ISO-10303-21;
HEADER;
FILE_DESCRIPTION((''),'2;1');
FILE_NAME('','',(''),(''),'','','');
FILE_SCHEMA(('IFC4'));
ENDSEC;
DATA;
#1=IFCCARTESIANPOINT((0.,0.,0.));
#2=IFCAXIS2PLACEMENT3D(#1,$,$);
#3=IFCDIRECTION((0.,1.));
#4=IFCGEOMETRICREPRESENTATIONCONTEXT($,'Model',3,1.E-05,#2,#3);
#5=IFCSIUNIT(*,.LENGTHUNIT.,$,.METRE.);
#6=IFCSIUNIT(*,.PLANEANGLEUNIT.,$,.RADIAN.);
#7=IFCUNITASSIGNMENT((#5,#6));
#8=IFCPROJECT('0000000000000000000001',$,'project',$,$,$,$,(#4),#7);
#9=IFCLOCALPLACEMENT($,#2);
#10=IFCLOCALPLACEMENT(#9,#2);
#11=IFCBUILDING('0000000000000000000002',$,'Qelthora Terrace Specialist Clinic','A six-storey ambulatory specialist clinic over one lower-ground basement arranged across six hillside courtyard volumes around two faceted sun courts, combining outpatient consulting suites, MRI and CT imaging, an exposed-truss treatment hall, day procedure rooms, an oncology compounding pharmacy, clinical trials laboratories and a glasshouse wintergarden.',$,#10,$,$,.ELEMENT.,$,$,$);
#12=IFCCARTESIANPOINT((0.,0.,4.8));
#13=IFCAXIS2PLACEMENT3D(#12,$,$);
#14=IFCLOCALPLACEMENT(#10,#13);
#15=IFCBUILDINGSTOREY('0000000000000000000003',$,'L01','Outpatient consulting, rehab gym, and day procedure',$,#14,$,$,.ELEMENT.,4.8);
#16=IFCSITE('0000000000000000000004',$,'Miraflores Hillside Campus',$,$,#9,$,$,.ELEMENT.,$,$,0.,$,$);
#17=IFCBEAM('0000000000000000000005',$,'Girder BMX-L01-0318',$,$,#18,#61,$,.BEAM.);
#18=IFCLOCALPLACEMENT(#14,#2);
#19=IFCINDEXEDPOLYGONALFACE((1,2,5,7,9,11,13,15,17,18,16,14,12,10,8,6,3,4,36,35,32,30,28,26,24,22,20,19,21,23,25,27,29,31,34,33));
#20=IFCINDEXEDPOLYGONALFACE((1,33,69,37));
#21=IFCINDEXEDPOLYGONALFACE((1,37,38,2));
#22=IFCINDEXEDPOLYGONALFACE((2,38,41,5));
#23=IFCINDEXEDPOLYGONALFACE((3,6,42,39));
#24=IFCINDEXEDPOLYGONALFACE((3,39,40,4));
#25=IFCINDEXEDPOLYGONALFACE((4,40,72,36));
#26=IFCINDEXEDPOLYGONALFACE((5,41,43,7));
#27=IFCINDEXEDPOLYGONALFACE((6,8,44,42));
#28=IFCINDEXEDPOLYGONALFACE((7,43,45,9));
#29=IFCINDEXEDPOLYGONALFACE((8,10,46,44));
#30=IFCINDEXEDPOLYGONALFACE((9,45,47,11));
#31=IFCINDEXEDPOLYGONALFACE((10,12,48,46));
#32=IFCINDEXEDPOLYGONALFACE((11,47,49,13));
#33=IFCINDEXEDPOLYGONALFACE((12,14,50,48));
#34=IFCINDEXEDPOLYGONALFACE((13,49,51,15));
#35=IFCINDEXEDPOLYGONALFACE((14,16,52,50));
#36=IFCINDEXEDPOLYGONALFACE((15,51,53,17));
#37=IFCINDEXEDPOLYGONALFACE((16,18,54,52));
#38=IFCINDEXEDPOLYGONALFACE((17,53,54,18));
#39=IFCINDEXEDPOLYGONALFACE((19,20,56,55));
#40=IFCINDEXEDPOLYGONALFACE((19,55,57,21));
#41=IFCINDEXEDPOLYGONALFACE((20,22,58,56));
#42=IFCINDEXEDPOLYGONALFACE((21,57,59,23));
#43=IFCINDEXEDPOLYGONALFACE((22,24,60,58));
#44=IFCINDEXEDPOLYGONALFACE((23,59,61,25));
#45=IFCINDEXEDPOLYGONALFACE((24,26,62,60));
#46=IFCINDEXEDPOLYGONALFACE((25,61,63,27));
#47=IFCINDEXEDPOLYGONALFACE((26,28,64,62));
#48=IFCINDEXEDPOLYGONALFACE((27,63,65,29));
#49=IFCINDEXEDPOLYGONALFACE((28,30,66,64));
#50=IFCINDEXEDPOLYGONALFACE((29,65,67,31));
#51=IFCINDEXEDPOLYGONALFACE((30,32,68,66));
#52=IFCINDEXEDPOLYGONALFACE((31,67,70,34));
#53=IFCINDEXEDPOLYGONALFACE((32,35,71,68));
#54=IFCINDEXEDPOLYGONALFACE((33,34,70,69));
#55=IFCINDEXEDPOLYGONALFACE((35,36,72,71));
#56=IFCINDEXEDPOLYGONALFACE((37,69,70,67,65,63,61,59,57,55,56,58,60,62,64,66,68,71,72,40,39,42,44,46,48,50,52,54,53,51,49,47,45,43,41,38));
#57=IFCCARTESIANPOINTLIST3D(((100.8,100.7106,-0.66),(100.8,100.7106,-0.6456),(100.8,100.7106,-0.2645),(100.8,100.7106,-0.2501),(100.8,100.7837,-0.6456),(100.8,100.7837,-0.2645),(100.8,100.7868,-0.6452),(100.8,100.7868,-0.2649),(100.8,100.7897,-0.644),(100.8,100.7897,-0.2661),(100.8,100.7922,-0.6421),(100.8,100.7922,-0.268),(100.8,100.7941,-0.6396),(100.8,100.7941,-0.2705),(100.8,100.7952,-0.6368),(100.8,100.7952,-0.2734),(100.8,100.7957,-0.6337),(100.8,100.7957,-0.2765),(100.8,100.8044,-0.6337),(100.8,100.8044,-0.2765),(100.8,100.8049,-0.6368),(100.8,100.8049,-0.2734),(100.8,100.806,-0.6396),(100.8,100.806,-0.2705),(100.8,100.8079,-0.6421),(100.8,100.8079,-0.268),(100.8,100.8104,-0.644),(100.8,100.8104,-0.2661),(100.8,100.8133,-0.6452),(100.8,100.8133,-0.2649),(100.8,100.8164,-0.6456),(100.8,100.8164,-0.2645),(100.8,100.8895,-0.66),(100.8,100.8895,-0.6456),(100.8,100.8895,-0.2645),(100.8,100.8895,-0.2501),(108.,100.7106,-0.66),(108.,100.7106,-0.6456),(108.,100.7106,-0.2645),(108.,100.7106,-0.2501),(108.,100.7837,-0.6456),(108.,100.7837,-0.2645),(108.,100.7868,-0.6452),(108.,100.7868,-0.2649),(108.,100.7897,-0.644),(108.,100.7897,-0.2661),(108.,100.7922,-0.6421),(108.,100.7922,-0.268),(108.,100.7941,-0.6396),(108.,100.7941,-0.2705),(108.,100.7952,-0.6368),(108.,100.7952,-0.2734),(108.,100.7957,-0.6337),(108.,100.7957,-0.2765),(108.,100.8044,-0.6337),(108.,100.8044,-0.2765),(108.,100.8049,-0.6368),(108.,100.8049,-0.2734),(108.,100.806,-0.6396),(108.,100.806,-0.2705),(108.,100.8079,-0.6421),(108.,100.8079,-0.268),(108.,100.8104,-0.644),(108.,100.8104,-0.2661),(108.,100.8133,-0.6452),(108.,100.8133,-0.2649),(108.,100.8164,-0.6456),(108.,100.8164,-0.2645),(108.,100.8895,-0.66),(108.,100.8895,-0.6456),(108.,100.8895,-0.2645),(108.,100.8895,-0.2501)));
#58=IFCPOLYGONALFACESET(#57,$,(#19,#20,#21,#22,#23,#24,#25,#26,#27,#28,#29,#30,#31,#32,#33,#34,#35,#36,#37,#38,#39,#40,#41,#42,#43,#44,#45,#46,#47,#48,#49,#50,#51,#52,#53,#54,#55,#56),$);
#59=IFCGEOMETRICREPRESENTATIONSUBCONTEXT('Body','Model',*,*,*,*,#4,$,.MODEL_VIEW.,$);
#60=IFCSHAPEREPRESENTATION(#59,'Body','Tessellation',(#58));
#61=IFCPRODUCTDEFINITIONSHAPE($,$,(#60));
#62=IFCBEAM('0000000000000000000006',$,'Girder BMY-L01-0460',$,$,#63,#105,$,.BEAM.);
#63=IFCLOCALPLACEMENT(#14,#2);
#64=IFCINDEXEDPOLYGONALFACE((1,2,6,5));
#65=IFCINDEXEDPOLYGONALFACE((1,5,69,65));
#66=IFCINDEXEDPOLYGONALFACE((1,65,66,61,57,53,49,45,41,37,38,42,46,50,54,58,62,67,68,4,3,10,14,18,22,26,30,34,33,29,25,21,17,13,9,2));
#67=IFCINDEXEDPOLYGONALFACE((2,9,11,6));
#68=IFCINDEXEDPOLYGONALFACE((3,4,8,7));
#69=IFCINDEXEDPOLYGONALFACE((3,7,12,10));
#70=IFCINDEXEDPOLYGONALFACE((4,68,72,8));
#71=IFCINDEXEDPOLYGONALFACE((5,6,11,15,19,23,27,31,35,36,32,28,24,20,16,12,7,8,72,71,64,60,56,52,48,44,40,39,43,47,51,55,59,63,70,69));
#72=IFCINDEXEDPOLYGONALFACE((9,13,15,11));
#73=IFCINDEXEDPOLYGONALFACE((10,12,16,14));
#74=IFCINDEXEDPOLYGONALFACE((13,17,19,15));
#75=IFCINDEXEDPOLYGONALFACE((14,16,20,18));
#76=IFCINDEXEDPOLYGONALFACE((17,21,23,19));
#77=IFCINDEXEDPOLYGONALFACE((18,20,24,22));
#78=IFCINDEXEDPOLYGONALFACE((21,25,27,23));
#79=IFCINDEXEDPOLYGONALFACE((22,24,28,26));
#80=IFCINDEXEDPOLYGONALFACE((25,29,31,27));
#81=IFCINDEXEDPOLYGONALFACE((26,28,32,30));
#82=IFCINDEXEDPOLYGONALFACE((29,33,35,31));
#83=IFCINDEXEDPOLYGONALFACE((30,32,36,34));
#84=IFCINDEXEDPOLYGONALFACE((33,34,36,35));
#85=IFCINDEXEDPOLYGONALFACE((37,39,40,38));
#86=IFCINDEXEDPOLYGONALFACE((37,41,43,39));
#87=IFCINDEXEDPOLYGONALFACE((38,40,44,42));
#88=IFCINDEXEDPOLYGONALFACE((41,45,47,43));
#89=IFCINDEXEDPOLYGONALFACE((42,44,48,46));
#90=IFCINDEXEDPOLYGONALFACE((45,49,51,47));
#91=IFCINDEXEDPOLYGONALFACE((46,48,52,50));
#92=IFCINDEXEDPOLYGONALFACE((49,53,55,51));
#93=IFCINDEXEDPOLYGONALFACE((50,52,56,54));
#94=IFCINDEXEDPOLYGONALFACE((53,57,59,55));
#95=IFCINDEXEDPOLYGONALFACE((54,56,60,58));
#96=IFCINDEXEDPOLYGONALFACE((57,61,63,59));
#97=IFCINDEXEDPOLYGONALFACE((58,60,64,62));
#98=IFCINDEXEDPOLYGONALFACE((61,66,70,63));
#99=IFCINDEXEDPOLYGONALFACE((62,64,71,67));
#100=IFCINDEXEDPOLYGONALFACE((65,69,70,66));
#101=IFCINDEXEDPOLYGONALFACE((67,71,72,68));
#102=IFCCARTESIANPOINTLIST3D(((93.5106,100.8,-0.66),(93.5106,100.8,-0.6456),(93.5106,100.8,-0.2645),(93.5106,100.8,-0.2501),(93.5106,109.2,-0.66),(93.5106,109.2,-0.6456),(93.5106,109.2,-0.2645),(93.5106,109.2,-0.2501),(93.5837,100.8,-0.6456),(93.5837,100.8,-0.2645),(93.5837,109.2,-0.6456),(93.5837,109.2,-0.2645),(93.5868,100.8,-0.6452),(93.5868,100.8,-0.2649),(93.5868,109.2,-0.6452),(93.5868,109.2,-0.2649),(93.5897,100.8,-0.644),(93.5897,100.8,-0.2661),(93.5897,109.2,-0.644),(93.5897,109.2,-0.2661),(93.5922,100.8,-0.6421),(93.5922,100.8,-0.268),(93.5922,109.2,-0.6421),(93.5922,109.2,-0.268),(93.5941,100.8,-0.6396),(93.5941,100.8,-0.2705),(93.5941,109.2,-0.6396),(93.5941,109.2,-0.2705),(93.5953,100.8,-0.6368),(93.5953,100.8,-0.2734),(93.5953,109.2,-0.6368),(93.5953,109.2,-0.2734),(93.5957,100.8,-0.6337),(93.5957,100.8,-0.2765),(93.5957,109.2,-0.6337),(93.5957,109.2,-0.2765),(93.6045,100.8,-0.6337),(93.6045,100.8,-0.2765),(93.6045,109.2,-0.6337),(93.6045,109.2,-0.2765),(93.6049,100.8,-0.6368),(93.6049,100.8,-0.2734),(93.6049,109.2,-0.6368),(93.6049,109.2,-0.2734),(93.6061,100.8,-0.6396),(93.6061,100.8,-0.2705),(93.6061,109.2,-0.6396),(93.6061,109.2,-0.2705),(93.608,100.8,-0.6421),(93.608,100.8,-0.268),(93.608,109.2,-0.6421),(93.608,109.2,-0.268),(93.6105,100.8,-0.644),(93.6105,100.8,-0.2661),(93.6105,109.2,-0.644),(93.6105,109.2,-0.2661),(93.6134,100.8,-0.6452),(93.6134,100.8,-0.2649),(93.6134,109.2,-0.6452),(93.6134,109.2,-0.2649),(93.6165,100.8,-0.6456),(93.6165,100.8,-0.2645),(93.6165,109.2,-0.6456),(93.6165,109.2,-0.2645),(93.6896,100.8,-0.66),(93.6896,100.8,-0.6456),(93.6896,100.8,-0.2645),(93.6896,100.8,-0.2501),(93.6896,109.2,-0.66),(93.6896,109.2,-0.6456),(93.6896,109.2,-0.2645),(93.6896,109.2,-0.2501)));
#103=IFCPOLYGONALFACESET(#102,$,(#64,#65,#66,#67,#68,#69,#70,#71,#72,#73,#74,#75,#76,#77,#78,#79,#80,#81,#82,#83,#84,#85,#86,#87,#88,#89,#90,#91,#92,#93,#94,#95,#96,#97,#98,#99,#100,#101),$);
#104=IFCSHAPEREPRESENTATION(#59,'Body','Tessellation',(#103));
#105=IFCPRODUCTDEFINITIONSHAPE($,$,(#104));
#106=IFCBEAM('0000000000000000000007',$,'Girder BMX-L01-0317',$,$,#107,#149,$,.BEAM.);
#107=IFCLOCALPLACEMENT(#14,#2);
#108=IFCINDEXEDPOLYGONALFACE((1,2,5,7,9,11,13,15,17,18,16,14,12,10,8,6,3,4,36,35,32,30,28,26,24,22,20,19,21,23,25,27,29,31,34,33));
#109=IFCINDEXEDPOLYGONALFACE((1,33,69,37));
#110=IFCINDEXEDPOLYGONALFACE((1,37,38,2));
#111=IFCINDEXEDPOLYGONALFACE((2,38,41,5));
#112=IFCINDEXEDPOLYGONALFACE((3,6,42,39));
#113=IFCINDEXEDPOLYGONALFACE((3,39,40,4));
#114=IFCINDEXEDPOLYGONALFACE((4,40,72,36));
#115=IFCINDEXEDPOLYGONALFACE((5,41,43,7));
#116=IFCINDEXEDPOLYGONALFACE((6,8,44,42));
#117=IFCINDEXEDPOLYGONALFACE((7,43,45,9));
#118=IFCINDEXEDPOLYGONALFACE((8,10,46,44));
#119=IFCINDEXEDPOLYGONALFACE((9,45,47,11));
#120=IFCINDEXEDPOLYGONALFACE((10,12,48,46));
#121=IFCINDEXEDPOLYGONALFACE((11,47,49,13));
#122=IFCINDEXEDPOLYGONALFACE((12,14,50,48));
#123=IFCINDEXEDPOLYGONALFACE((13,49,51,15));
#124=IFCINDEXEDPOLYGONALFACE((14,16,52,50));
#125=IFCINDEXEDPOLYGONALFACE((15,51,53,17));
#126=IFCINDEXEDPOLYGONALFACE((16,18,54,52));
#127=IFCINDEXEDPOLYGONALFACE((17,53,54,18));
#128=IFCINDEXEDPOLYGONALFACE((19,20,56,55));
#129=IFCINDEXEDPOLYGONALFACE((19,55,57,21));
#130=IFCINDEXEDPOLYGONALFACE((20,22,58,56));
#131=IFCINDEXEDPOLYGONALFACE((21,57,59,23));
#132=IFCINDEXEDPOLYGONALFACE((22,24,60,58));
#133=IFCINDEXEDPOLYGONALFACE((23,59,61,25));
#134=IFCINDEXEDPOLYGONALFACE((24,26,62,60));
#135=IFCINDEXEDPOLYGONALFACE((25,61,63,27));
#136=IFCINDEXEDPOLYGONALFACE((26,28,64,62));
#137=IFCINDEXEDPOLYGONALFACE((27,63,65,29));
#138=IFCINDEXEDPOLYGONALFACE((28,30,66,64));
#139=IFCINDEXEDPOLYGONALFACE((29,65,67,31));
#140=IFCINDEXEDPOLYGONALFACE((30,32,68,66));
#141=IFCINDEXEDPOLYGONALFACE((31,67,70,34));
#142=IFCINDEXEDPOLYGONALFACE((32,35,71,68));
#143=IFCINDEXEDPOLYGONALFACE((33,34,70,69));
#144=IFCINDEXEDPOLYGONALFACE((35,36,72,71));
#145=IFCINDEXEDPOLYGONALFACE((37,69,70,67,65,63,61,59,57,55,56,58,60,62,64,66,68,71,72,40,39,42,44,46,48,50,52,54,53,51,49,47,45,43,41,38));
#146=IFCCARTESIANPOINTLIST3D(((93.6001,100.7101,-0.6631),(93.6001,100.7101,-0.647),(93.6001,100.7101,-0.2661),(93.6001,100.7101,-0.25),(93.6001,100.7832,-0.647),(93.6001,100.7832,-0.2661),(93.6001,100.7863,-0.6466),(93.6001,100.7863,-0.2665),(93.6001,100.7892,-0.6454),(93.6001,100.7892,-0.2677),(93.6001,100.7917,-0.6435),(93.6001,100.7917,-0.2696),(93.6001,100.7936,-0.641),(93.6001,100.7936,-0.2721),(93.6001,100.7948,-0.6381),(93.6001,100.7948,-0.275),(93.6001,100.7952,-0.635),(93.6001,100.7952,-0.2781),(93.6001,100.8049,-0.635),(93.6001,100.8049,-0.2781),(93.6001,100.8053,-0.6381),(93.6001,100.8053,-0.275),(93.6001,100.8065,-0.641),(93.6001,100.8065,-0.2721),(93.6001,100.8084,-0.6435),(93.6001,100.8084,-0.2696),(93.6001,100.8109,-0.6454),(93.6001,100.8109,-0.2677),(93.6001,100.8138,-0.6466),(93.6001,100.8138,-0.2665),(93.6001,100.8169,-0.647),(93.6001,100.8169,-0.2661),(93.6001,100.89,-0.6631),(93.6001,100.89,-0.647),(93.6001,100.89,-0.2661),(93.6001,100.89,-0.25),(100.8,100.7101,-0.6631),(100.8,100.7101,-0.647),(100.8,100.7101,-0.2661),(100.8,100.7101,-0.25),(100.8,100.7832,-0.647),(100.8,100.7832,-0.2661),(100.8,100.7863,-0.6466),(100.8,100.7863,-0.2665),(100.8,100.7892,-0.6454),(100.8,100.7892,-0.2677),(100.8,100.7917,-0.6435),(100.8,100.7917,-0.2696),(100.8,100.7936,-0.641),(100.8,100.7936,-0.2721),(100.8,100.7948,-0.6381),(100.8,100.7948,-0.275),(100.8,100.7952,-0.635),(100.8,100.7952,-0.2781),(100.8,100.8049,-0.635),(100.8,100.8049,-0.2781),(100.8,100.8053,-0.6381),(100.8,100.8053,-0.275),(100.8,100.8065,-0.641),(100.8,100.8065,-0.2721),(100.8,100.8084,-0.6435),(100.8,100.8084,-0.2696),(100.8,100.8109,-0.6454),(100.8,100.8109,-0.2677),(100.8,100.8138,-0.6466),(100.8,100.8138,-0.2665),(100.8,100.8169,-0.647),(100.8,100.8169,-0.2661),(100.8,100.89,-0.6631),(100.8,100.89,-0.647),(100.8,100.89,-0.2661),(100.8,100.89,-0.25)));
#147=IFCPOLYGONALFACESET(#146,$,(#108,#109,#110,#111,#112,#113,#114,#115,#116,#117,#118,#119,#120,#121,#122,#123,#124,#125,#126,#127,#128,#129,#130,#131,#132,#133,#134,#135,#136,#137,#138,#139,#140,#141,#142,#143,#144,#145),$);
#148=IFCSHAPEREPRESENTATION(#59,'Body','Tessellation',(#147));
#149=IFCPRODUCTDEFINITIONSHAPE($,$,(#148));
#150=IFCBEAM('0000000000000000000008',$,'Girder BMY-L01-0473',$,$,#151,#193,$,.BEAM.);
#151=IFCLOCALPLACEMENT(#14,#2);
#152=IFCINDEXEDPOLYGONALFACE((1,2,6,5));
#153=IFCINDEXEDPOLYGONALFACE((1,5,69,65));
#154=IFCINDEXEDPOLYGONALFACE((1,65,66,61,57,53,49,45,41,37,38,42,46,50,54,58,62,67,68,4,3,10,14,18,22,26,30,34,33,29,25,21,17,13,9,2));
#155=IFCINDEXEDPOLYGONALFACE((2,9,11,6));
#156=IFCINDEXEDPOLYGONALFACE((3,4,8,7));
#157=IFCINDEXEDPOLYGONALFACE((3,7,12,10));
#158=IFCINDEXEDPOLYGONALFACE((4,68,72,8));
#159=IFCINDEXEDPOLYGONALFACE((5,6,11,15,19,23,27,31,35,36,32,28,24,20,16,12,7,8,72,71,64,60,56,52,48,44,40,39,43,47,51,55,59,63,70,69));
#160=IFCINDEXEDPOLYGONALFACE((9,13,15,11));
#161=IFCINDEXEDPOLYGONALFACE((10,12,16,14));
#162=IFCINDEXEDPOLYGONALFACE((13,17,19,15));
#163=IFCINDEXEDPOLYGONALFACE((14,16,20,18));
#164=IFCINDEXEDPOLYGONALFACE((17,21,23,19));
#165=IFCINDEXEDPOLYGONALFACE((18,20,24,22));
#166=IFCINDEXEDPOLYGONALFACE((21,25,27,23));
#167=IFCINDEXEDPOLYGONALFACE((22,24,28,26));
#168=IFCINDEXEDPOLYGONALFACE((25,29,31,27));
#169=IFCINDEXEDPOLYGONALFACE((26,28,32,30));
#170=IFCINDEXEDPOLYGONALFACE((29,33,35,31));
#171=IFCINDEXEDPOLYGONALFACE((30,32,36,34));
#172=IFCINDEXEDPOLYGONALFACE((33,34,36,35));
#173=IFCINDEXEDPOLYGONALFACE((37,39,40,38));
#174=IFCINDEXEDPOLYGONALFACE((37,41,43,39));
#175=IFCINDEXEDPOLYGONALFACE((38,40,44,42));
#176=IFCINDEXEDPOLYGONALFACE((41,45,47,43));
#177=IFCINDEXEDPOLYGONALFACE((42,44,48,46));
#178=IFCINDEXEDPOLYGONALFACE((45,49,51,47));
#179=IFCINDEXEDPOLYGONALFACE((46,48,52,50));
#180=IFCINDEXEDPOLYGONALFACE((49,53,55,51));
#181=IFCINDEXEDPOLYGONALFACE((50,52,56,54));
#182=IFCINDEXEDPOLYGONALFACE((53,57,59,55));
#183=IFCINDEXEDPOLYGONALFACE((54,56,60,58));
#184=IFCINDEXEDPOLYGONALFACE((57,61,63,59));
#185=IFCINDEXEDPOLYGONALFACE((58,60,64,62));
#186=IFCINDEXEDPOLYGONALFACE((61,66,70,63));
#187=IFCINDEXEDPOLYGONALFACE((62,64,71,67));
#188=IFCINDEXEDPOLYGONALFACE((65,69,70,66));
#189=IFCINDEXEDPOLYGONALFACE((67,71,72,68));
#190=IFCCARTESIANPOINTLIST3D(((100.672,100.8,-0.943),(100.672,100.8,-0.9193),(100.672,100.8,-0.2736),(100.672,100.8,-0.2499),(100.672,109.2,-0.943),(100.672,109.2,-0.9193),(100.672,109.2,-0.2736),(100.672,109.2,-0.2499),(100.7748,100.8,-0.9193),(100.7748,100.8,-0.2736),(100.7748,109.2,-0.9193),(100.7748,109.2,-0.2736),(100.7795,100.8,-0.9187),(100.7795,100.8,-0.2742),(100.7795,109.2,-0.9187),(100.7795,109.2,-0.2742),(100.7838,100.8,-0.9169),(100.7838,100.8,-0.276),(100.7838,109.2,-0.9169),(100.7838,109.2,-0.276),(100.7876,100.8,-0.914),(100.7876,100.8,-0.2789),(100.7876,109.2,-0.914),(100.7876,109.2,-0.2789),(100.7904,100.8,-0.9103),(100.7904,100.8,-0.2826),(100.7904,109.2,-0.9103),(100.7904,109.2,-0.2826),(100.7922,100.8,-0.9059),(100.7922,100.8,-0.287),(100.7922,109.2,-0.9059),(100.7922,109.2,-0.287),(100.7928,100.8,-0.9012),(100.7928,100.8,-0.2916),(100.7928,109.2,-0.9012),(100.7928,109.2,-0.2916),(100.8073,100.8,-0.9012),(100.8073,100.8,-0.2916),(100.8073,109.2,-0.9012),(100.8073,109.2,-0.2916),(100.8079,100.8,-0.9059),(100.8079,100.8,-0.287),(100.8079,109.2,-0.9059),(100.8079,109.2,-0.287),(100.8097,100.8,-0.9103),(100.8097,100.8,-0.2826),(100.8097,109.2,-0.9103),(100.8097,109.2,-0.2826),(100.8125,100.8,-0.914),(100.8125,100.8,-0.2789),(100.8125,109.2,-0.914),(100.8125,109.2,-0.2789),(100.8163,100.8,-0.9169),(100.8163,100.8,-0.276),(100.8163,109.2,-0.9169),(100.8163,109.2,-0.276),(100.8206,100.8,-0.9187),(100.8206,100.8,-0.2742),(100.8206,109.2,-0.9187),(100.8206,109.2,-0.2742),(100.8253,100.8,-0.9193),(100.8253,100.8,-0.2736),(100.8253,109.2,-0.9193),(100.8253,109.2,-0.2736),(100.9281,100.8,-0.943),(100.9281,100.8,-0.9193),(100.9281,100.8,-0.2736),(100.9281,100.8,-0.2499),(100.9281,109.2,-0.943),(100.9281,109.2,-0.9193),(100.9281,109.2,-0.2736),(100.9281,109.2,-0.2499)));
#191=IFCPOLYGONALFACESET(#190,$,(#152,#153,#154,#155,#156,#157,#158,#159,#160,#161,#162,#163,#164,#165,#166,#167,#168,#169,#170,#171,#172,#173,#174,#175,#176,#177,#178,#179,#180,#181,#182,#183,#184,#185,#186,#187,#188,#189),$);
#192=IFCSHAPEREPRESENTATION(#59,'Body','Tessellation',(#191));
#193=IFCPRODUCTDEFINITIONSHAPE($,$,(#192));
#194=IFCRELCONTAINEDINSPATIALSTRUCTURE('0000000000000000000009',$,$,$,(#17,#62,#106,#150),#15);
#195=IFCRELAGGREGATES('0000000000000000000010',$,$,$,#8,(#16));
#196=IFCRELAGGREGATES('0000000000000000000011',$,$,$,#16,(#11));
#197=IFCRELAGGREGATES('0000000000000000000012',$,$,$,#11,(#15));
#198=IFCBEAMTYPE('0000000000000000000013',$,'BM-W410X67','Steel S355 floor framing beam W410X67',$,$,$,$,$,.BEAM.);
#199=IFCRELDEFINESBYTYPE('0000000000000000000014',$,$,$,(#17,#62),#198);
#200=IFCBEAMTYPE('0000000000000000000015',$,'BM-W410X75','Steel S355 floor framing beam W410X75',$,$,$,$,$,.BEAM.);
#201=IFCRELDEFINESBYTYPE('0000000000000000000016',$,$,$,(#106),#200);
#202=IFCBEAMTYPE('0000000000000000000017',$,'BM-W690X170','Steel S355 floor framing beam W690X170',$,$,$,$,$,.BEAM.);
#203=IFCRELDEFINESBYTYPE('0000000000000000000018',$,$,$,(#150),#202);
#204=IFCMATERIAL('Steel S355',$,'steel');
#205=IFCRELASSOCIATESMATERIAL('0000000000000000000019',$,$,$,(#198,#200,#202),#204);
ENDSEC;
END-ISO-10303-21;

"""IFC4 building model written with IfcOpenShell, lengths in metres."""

from ifc_helpers import new_model, si_unit, direction, frame, origin, origin_2d, place, context, subcontext, project, spatial, i_section, extrude, material, material_profile, profile_set, type_object, element, save


model = new_model("IFC4")

# Units and contexts
model_context = context("Model", 3, precision=1e-05, world=origin(), true_north=direction((0.0, 1.0)))
body_context = subcontext(model_context, "Body", "Model", "MODEL_VIEW")
ifc_project = project(units=[si_unit("LENGTHUNIT", "METRE"), si_unit("PLANEANGLEUNIT", "RADIAN")], contexts=[model_context])

# Site, building, storey
site_placement = place(None, origin())
site = spatial("IfcSite", under=ifc_project, at=site_placement, Name="Miraflores Hillside Campus", CompositionType="ELEMENT", RefElevation=0.0)
building_placement = place(site_placement, origin())
building = spatial("IfcBuilding", under=site, at=building_placement, Name="Qelthora Terrace Specialist Clinic", Description="A six-storey ambulatory specialist clinic over one lower-ground basement arranged across six hillside courtyard volumes around two faceted sun courts, combining outpatient consulting suites, MRI and CT imaging, an exposed-truss treatment hall, day procedure rooms, an oncology compounding pharmacy, clinical trials laboratories and a glasshouse wintergarden.", CompositionType="ELEMENT")
storey_placement = place(building_placement, frame((0.0, 0.0, 4.8)))
storey = spatial("IfcBuildingStorey", under=building, at=storey_placement, Name="L01", Description="Outpatient consulting, rehab gym, and day procedure", CompositionType="ELEMENT", Elevation=4.8)

# Shared definitions
ifc_material_1 = material(Name="Steel S355", Category="steel")

# Beams
ifc_material_profile_1 = material_profile(ifc_material_1, i_section(OverallWidth=0.179, OverallDepth=0.4099, WebThickness=0.0088, FlangeThickness=0.0144, FilletRadius=0.012, at=origin_2d()), Name="W410X67")
ifc_profile_set_1 = profile_set([ifc_material_profile_1], Name="Steel S355")
beam_type_1 = type_object("IfcBeamType", Name="BM-W410X67", Description="Steel S355 floor framing beam W410X67", PredefinedType="BEAM", material=ifc_profile_set_1)
beam_1_placement = place(storey_placement, frame((100.8, 100.8, -0.4551), z_axis=(1.0, 0.0, 0.0), x_axis=(0.0, 1.0, 0.0)))
element("IfcBeam", 1, at=beam_1_placement, inside=storey, type_object=beam_type_1, Name="Girder BMX-L01-0318", PredefinedType="BEAM", context=body_context, shape_type="SweptSolid", body=[
    extrude(i_section(OverallWidth=0.179, OverallDepth=0.4099, WebThickness=0.0088, FlangeThickness=0.0144, FilletRadius=0.012, at=origin_2d()), origin(), (0.0, 0.0, 1.0), 7.2),
])
beam_2_placement = place(storey_placement, frame((93.6001, 100.8, -0.4551), z_axis=(0.0, 1.0, 0.0), x_axis=(-1.0, 0.0, 0.0)))
element("IfcBeam", 2, at=beam_2_placement, inside=storey, type_object=beam_type_1, Name="Girder BMY-L01-0460", PredefinedType="BEAM", context=body_context, shape_type="SweptSolid", body=[
    extrude(i_section(OverallWidth=0.179, OverallDepth=0.4099, WebThickness=0.0088, FlangeThickness=0.0144, FilletRadius=0.012, at=origin_2d()), origin(), (0.0, 0.0, 1.0), 8.3999),
])
ifc_material_profile_2 = material_profile(ifc_material_1, i_section(OverallWidth=0.1799, OverallDepth=0.4131, WebThickness=0.0098, FlangeThickness=0.0161, FilletRadius=0.012, at=origin_2d()), Name="W410X75")
ifc_profile_set_2 = profile_set([ifc_material_profile_2], Name="Steel S355")
beam_type_2 = type_object("IfcBeamType", Name="BM-W410X75", Description="Steel S355 floor framing beam W410X75", PredefinedType="BEAM", material=ifc_profile_set_2)
beam_3_placement = place(storey_placement, frame((93.6001, 100.8, -0.4565), z_axis=(1.0, 0.0, 0.0), x_axis=(0.0, 1.0, 0.0)))
element("IfcBeam", 3, at=beam_3_placement, inside=storey, type_object=beam_type_2, Name="Girder BMX-L01-0317", PredefinedType="BEAM", context=body_context, shape_type="SweptSolid", body=[
    extrude(i_section(OverallWidth=0.1799, OverallDepth=0.4131, WebThickness=0.0098, FlangeThickness=0.0161, FilletRadius=0.012, at=origin_2d()), origin(), (0.0, 0.0, 1.0), 7.2),
])
ifc_material_profile_3 = material_profile(ifc_material_1, i_section(OverallWidth=0.2561, OverallDepth=0.6931, WebThickness=0.0144, FlangeThickness=0.0237, FilletRadius=0.0181, at=origin_2d()), Name="W690X170")
ifc_profile_set_3 = profile_set([ifc_material_profile_3], Name="Steel S355")
beam_type_3 = type_object("IfcBeamType", Name="BM-W690X170", Description="Steel S355 floor framing beam W690X170", PredefinedType="BEAM", material=ifc_profile_set_3)
beam_4_placement = place(storey_placement, frame((100.8, 100.8, -0.5964), z_axis=(0.0, 1.0, 0.0), x_axis=(-1.0, 0.0, 0.0)))
element("IfcBeam", 4, at=beam_4_placement, inside=storey, type_object=beam_type_3, Name="Girder BMY-L01-0473", PredefinedType="BEAM", context=body_context, shape_type="SweptSolid", body=[
    extrude(i_section(OverallWidth=0.2561, OverallDepth=0.6931, WebThickness=0.0144, FlangeThickness=0.0237, FilletRadius=0.0181, at=origin_2d()), origin(), (0.0, 0.0, 1.0), 8.3999),
])

save(model, "model.ifc")
